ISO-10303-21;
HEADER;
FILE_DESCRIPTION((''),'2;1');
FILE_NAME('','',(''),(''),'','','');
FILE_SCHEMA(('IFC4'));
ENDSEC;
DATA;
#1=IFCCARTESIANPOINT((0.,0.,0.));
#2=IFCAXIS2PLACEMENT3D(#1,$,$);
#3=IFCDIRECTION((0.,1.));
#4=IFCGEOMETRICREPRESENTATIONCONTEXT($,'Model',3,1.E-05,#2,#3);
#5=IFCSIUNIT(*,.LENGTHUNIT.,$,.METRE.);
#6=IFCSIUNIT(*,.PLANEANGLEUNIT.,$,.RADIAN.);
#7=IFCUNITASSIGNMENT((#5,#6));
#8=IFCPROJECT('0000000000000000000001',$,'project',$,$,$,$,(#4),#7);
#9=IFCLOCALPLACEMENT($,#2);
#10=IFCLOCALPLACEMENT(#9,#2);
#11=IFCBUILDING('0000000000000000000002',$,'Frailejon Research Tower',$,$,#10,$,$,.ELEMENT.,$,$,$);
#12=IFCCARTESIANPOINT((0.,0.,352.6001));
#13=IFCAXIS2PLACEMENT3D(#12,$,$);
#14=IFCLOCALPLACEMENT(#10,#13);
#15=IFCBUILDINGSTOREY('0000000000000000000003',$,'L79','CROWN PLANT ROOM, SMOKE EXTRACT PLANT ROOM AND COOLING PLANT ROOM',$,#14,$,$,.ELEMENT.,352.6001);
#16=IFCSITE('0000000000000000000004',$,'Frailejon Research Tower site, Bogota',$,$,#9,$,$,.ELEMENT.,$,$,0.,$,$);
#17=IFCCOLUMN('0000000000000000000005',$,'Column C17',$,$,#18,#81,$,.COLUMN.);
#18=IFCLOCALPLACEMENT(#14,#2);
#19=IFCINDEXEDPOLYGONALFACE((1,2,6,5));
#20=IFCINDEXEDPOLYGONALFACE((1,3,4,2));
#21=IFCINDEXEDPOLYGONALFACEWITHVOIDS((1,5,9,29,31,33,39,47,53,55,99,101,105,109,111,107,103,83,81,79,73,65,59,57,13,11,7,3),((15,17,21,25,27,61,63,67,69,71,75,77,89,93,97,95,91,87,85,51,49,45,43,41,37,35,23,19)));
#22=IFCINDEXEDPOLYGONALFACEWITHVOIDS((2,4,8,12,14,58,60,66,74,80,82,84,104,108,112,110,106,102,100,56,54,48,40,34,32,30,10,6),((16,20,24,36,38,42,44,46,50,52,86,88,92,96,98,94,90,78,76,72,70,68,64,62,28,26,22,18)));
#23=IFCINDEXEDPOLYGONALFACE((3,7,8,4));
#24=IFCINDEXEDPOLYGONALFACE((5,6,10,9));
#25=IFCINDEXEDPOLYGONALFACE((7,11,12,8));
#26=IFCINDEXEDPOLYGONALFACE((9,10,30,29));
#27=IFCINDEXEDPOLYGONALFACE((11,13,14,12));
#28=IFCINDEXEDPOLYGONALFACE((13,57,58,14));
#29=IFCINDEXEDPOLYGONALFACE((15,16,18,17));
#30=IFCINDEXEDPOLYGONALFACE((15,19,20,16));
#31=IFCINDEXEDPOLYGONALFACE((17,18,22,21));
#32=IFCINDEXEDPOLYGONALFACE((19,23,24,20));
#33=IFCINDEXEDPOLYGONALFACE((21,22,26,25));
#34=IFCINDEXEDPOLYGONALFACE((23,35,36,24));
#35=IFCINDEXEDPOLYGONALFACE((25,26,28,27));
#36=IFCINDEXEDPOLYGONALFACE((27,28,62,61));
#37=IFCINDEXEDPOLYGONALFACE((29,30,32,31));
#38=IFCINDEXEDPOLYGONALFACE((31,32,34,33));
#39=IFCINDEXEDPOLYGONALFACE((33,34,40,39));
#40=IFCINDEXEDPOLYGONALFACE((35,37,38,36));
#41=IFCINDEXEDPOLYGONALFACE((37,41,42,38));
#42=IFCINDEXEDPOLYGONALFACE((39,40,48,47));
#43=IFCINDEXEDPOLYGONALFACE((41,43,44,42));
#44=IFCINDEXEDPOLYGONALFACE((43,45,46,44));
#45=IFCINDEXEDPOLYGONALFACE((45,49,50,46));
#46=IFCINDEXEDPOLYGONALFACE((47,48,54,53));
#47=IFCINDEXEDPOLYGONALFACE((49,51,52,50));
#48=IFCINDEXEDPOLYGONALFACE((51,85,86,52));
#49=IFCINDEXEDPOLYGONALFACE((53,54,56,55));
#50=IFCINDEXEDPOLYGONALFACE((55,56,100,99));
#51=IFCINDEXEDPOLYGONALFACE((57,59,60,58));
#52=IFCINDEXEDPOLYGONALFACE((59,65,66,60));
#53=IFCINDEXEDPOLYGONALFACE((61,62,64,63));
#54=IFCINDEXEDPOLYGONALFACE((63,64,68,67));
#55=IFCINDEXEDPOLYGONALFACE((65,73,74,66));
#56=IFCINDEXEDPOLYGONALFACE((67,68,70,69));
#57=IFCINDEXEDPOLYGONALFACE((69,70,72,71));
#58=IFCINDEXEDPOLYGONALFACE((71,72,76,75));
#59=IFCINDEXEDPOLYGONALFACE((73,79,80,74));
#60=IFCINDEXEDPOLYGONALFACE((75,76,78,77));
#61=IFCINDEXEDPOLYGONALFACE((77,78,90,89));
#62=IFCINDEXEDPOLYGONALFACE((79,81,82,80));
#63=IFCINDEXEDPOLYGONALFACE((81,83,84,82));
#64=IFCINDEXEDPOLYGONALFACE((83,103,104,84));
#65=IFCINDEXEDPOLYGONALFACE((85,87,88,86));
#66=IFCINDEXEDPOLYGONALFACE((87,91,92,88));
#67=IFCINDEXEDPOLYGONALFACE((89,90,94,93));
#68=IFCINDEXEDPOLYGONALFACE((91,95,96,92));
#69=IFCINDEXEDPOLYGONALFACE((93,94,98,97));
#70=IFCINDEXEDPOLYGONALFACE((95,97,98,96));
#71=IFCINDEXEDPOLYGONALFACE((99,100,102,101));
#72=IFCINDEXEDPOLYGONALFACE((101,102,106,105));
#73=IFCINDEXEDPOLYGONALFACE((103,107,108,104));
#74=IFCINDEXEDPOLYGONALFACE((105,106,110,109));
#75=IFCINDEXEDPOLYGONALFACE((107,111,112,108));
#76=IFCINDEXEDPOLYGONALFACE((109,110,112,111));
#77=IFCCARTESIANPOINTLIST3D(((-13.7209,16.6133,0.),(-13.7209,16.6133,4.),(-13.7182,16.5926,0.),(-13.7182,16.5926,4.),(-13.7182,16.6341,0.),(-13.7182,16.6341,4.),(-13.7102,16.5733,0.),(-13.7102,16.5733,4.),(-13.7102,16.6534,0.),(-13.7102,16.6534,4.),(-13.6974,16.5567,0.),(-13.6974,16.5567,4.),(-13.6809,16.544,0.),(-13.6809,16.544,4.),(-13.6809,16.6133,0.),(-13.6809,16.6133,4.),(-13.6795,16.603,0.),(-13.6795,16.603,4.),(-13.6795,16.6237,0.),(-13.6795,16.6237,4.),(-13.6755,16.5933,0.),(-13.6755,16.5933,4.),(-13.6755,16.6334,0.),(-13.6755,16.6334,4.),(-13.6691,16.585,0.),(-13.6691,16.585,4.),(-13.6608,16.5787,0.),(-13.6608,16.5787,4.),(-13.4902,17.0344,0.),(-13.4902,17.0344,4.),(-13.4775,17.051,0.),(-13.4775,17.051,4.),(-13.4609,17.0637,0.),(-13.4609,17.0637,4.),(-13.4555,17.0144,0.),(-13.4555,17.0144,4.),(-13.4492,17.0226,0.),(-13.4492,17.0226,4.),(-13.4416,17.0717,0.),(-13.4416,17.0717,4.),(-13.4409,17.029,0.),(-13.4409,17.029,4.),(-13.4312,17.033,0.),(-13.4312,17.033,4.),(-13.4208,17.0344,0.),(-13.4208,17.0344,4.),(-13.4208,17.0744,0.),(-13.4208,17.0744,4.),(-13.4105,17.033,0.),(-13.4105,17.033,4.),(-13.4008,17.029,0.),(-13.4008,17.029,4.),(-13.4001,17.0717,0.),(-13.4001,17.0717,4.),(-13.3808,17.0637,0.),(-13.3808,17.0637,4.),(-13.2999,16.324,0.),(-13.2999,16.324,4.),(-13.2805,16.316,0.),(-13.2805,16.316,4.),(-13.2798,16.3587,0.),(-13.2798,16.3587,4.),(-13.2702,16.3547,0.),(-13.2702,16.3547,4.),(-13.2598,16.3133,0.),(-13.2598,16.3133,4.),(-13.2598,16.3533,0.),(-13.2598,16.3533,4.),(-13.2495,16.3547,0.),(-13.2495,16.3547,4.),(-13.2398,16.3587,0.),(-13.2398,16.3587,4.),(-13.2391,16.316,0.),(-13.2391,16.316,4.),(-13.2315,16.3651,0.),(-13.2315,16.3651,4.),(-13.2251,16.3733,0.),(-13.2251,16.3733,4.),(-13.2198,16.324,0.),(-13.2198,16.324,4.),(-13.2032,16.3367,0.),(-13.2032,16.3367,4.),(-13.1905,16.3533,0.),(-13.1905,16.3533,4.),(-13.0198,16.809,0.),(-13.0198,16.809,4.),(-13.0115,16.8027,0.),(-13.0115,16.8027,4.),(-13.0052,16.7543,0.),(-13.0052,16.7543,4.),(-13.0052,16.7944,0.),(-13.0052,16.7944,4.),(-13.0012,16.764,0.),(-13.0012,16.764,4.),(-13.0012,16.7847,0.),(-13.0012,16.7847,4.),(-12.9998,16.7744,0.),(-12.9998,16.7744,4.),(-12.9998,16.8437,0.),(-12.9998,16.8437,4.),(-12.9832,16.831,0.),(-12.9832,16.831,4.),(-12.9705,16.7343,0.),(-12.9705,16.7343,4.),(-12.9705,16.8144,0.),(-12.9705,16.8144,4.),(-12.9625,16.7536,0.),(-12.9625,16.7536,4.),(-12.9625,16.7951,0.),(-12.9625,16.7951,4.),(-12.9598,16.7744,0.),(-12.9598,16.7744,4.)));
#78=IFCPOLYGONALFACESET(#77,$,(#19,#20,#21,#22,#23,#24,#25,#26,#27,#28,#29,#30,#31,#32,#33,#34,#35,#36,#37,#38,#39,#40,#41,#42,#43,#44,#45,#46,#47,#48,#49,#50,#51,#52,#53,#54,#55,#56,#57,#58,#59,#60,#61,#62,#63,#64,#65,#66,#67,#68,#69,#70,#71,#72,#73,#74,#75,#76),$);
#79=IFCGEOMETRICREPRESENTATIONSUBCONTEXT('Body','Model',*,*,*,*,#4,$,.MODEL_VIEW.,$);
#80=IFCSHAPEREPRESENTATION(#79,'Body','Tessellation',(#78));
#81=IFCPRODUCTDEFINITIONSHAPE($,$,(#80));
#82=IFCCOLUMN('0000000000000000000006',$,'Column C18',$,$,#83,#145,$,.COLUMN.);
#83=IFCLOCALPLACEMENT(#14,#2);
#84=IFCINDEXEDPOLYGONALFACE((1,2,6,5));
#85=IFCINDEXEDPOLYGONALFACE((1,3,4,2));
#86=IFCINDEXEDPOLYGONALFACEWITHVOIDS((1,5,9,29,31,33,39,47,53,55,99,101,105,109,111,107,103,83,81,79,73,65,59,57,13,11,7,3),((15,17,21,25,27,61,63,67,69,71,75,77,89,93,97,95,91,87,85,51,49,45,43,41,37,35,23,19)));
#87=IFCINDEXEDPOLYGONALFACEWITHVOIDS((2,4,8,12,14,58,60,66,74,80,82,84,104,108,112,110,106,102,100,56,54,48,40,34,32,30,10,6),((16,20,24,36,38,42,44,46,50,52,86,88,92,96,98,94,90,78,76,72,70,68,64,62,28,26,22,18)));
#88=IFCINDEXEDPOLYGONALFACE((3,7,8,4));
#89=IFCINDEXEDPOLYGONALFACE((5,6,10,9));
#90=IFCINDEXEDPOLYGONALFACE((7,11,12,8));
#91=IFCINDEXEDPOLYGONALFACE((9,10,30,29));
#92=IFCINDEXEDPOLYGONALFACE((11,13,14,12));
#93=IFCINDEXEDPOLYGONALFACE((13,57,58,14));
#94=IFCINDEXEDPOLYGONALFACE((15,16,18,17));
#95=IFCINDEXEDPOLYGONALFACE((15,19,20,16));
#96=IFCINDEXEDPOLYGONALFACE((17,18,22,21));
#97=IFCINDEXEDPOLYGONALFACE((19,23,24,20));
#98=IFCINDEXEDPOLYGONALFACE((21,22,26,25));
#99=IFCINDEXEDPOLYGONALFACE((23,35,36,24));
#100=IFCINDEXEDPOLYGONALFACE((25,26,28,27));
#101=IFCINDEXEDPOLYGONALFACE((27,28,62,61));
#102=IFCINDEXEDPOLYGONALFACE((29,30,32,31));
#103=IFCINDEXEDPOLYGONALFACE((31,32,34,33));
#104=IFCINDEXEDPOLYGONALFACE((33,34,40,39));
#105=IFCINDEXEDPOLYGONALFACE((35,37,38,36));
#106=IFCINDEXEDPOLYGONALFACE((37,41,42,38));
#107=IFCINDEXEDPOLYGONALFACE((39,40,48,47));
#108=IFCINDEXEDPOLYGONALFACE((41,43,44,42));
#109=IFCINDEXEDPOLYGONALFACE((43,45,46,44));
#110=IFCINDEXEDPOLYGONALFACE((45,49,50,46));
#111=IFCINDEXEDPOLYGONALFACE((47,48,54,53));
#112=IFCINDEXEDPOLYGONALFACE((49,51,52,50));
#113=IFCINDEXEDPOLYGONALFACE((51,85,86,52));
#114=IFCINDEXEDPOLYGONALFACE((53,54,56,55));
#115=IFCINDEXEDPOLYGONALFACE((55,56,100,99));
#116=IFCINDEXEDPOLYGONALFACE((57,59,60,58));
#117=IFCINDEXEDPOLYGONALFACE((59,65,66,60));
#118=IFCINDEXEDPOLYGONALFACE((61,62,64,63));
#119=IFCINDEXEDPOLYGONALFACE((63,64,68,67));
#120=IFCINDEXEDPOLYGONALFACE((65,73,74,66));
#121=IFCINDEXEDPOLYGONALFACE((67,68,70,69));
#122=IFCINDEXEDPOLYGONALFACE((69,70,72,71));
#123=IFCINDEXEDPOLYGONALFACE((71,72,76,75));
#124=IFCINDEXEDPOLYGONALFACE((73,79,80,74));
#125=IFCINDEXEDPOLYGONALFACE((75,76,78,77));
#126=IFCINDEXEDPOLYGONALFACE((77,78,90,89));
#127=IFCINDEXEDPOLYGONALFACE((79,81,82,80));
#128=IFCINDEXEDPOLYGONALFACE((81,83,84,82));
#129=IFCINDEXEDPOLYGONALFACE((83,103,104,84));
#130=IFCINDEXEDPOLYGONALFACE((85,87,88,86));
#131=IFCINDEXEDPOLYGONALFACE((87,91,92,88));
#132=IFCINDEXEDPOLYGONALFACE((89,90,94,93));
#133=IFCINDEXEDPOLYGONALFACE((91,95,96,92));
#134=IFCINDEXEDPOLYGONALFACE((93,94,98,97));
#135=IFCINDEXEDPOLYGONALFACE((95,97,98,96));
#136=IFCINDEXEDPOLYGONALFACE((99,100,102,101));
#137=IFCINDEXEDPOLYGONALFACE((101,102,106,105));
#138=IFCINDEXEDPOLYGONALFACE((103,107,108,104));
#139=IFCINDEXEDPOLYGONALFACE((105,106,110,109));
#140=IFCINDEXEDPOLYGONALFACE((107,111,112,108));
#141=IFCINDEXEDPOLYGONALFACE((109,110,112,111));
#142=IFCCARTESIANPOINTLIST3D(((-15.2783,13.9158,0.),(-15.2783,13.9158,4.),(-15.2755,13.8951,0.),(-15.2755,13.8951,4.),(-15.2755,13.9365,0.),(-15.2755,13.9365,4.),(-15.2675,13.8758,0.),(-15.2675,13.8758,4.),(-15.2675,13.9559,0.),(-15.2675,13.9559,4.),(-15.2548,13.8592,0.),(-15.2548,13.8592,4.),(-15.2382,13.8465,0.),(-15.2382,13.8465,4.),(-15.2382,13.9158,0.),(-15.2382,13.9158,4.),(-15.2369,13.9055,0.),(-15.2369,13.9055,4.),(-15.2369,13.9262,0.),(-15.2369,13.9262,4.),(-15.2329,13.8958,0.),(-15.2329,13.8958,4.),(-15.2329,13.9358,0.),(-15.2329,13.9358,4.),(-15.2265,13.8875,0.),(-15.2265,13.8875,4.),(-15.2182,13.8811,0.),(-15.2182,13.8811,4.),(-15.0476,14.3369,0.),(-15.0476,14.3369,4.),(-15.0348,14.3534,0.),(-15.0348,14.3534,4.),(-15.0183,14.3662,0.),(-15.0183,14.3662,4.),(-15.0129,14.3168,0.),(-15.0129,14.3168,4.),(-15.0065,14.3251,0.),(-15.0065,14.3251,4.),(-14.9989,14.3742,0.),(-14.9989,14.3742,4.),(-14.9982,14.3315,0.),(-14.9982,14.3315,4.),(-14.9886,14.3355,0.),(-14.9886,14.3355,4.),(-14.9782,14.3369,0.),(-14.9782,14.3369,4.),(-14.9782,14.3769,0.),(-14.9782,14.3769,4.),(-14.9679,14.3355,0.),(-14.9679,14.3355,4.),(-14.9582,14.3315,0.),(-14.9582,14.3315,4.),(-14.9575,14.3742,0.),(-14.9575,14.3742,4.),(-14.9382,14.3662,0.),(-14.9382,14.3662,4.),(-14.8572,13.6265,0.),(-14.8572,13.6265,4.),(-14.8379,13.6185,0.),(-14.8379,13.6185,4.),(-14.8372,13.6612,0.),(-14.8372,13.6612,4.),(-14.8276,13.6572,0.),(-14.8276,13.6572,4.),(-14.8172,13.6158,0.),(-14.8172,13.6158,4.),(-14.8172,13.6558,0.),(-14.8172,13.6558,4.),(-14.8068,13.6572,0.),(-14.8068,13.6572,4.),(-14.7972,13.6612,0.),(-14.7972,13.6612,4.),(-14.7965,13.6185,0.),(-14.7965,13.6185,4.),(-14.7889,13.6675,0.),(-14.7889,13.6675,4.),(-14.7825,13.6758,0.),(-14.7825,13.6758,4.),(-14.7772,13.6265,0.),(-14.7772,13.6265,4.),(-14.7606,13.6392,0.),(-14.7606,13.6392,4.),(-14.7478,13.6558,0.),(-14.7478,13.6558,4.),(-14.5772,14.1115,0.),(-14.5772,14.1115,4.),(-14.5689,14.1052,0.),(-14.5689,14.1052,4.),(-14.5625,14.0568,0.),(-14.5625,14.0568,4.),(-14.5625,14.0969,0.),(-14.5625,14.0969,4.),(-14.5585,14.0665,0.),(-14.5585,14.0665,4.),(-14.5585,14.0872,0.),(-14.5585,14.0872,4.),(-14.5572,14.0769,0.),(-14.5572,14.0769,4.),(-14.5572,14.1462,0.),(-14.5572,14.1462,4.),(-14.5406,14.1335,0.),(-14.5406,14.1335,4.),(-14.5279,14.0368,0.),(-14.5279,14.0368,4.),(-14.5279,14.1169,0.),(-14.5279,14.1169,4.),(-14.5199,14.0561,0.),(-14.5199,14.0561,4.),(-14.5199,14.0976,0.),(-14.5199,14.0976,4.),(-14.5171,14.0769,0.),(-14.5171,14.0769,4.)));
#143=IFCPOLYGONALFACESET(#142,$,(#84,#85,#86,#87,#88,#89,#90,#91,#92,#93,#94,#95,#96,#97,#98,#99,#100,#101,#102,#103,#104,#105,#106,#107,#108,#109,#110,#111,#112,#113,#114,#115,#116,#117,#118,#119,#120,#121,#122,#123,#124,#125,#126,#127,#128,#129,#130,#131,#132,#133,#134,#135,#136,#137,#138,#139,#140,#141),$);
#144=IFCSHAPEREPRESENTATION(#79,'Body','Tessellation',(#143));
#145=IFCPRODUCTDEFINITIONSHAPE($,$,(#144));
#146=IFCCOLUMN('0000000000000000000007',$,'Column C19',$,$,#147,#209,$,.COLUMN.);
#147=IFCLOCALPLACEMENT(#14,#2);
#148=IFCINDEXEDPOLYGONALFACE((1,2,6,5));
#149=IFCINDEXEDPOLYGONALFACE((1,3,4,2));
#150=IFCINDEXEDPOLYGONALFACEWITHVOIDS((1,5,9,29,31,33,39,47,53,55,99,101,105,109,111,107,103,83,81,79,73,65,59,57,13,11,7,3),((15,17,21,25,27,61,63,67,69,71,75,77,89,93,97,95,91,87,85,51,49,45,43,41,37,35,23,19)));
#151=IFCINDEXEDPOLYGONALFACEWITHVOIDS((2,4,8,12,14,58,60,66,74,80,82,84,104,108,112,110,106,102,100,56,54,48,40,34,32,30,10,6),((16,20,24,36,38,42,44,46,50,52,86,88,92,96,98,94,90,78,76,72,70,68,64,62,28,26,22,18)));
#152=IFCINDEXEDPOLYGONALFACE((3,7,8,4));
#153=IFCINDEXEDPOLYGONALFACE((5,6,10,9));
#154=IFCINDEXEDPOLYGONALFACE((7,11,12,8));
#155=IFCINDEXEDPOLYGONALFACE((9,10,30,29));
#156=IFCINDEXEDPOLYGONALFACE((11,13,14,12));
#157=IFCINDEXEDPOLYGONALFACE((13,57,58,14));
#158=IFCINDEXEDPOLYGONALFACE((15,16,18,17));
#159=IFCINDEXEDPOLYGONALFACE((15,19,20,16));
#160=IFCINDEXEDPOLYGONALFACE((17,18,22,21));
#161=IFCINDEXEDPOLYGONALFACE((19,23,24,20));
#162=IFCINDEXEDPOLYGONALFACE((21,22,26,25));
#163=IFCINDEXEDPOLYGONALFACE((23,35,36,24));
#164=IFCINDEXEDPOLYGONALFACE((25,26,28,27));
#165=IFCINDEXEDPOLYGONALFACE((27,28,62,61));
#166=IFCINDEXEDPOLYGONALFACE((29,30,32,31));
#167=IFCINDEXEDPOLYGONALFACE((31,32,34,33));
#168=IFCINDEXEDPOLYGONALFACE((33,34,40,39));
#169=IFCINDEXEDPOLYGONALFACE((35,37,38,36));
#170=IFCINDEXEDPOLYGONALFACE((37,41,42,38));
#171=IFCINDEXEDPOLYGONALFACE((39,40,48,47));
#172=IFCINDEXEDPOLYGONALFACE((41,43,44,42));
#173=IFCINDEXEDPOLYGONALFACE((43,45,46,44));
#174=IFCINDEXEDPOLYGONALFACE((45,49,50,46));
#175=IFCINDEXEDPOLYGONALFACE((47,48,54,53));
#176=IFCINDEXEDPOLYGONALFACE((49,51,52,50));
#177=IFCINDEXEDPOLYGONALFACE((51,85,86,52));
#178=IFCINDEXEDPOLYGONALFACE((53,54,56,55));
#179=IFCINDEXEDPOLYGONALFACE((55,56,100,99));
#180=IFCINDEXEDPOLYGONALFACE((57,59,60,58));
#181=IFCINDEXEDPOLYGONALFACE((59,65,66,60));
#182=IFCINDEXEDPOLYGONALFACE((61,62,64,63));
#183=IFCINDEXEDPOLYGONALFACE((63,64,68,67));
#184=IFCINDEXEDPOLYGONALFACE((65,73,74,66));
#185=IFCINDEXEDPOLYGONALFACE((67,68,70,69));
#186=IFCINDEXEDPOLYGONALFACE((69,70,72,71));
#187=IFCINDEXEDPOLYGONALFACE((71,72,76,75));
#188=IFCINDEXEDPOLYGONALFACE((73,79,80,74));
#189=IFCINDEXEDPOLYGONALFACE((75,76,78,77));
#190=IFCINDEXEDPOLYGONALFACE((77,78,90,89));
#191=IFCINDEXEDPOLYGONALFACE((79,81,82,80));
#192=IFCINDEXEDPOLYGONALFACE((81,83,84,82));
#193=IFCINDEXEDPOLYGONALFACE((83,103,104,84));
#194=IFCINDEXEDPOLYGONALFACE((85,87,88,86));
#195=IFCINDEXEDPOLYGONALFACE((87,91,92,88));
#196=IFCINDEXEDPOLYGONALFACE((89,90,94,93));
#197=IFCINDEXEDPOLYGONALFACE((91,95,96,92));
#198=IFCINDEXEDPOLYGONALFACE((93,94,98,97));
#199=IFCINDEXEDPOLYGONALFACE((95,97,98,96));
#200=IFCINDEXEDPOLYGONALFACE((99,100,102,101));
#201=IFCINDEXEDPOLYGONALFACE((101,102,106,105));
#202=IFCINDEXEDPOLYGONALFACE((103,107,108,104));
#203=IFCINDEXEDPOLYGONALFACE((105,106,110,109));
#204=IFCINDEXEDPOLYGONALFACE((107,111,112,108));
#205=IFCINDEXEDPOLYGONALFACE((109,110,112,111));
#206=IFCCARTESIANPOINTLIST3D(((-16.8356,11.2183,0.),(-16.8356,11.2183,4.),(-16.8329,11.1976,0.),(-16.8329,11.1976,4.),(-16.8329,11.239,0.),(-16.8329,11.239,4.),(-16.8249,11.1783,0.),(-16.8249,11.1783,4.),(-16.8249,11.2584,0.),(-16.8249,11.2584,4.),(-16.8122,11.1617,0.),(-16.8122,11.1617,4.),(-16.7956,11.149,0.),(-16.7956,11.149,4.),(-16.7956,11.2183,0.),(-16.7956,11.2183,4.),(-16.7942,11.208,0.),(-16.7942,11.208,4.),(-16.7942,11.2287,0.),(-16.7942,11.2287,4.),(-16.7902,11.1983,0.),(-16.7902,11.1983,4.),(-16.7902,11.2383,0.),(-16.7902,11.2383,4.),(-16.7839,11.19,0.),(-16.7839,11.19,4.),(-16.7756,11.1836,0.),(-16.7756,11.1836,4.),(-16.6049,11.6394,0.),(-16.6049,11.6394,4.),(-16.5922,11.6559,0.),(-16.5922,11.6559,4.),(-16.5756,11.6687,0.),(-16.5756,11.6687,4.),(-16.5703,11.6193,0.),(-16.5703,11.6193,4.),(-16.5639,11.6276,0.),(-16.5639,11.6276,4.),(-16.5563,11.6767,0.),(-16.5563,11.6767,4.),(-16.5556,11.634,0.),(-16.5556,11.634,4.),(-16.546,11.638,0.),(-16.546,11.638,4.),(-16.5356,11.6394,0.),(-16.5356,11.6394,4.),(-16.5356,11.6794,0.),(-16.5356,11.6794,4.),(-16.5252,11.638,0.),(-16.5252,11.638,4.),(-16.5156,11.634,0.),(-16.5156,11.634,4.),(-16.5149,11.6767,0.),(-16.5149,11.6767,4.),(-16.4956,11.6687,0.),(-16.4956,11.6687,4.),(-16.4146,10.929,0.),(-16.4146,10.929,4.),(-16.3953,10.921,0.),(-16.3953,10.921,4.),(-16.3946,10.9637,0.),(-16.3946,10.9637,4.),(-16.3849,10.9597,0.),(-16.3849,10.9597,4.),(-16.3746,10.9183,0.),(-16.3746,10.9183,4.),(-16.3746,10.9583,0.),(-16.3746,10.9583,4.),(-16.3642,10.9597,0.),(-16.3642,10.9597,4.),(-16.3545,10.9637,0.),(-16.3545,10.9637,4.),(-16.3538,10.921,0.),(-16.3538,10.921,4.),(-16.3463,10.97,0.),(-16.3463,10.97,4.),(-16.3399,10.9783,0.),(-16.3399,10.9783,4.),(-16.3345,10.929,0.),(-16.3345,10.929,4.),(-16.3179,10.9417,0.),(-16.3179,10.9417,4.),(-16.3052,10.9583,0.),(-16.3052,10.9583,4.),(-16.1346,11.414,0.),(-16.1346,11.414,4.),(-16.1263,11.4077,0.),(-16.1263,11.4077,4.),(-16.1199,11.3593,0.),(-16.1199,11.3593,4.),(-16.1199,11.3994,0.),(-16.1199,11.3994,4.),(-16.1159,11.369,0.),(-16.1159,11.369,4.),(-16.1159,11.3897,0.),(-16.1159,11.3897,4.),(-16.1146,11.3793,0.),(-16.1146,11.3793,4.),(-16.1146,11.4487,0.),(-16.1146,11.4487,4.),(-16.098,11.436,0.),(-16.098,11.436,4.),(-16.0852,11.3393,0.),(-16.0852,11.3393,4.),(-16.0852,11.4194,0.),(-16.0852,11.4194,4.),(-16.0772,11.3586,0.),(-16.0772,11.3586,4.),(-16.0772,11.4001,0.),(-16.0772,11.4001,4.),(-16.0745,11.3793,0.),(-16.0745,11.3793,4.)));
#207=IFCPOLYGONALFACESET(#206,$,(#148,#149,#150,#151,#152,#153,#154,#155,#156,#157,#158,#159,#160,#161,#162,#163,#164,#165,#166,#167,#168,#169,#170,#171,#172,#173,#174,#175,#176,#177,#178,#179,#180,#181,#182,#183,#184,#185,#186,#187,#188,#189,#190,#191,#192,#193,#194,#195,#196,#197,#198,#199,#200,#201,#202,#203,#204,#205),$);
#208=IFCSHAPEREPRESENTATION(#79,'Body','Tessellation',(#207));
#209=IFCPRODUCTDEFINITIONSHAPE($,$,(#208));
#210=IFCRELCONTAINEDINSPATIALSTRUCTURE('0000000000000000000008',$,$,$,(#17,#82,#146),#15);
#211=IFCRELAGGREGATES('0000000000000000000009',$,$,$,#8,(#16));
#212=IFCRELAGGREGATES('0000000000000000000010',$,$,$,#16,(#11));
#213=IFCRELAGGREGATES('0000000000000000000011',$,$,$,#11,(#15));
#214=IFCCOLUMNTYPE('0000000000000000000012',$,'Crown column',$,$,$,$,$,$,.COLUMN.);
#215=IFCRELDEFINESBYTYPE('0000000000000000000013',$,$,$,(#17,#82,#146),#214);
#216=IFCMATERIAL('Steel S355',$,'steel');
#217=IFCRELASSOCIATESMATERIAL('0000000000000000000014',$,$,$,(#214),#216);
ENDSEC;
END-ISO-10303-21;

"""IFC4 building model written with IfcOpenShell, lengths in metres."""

from ifc_helpers import new_model, si_unit, direction, frame, origin, origin_2d, place, context, subcontext, project, spatial, hollow_rectangle, extrude, material, material_profile, profile_set, type_object, element, save


model = new_model("IFC4")

# Units and contexts
model_context = context("Model", 3, precision=1e-05, world=origin(), true_north=direction((0.0, 1.0)))
body_context = subcontext(model_context, "Body", "Model", "MODEL_VIEW")
ifc_project = project(units=[si_unit("LENGTHUNIT", "METRE"), si_unit("PLANEANGLEUNIT", "RADIAN")], contexts=[model_context])

# Site, building, storey
site_placement = place(None, origin())
site = spatial("IfcSite", under=ifc_project, at=site_placement, Name="Frailejon Research Tower site, Bogota", CompositionType="ELEMENT", RefElevation=0.0)
building_placement = place(site_placement, origin())
building = spatial("IfcBuilding", under=site, at=building_placement, Name="Frailejon Research Tower", CompositionType="ELEMENT")
storey_placement = place(building_placement, frame((0.0, 0.0, 352.6001)))
storey = spatial("IfcBuildingStorey", under=building, at=storey_placement, Name="L79", Description="CROWN PLANT ROOM, SMOKE EXTRACT PLANT ROOM AND COOLING PLANT ROOM", CompositionType="ELEMENT", Elevation=352.6001)

# Columns
ifc_material_1 = material(Name="Steel S355", Category="steel")
ifc_material_profile_1 = material_profile(ifc_material_1, hollow_rectangle(XDim=0.6001, YDim=0.6001, WallThickness=0.04, InnerFilletRadius=0.04, OuterFilletRadius=0.0801, at=origin_2d()), Name="Crown column")
ifc_profile_set_1 = profile_set([ifc_material_profile_1], Name="Steel S355")
column_type = type_object("IfcColumnType", Name="Crown column", PredefinedType="COLUMN", material=ifc_profile_set_1)
for number, where, z_axis, x_axis, name in (
    (1, (-13.3403, 16.6938, 0.0), (0.0, 0.0, 1.0), (-0.5, -0.866025, 0.0), "Column C17"),
    (2, (-14.8977, 13.9963, 0.0), (0.0, 0.0, 1.0), (-0.5, -0.866025, 0.0), "Column C18"),
    (3, (-16.4551, 11.2988, 0.0), (0.0, 0.0, 1.0), (-0.5, -0.866025, 0.0), "Column C19"),
):
    element("IfcColumn", number, at=place(storey_placement, frame(where, z_axis=z_axis, x_axis=x_axis)), inside=storey, type_object=column_type, Name=name, PredefinedType="COLUMN", context=body_context, shape_type="SweptSolid", body=[
        extrude(hollow_rectangle(XDim=0.6001, YDim=0.6001, WallThickness=0.04, InnerFilletRadius=0.04, OuterFilletRadius=0.0801, at=origin_2d()), origin(), (0.0, 0.0, 1.0), 4.0),
    ])

save(model, "model.ifc")
